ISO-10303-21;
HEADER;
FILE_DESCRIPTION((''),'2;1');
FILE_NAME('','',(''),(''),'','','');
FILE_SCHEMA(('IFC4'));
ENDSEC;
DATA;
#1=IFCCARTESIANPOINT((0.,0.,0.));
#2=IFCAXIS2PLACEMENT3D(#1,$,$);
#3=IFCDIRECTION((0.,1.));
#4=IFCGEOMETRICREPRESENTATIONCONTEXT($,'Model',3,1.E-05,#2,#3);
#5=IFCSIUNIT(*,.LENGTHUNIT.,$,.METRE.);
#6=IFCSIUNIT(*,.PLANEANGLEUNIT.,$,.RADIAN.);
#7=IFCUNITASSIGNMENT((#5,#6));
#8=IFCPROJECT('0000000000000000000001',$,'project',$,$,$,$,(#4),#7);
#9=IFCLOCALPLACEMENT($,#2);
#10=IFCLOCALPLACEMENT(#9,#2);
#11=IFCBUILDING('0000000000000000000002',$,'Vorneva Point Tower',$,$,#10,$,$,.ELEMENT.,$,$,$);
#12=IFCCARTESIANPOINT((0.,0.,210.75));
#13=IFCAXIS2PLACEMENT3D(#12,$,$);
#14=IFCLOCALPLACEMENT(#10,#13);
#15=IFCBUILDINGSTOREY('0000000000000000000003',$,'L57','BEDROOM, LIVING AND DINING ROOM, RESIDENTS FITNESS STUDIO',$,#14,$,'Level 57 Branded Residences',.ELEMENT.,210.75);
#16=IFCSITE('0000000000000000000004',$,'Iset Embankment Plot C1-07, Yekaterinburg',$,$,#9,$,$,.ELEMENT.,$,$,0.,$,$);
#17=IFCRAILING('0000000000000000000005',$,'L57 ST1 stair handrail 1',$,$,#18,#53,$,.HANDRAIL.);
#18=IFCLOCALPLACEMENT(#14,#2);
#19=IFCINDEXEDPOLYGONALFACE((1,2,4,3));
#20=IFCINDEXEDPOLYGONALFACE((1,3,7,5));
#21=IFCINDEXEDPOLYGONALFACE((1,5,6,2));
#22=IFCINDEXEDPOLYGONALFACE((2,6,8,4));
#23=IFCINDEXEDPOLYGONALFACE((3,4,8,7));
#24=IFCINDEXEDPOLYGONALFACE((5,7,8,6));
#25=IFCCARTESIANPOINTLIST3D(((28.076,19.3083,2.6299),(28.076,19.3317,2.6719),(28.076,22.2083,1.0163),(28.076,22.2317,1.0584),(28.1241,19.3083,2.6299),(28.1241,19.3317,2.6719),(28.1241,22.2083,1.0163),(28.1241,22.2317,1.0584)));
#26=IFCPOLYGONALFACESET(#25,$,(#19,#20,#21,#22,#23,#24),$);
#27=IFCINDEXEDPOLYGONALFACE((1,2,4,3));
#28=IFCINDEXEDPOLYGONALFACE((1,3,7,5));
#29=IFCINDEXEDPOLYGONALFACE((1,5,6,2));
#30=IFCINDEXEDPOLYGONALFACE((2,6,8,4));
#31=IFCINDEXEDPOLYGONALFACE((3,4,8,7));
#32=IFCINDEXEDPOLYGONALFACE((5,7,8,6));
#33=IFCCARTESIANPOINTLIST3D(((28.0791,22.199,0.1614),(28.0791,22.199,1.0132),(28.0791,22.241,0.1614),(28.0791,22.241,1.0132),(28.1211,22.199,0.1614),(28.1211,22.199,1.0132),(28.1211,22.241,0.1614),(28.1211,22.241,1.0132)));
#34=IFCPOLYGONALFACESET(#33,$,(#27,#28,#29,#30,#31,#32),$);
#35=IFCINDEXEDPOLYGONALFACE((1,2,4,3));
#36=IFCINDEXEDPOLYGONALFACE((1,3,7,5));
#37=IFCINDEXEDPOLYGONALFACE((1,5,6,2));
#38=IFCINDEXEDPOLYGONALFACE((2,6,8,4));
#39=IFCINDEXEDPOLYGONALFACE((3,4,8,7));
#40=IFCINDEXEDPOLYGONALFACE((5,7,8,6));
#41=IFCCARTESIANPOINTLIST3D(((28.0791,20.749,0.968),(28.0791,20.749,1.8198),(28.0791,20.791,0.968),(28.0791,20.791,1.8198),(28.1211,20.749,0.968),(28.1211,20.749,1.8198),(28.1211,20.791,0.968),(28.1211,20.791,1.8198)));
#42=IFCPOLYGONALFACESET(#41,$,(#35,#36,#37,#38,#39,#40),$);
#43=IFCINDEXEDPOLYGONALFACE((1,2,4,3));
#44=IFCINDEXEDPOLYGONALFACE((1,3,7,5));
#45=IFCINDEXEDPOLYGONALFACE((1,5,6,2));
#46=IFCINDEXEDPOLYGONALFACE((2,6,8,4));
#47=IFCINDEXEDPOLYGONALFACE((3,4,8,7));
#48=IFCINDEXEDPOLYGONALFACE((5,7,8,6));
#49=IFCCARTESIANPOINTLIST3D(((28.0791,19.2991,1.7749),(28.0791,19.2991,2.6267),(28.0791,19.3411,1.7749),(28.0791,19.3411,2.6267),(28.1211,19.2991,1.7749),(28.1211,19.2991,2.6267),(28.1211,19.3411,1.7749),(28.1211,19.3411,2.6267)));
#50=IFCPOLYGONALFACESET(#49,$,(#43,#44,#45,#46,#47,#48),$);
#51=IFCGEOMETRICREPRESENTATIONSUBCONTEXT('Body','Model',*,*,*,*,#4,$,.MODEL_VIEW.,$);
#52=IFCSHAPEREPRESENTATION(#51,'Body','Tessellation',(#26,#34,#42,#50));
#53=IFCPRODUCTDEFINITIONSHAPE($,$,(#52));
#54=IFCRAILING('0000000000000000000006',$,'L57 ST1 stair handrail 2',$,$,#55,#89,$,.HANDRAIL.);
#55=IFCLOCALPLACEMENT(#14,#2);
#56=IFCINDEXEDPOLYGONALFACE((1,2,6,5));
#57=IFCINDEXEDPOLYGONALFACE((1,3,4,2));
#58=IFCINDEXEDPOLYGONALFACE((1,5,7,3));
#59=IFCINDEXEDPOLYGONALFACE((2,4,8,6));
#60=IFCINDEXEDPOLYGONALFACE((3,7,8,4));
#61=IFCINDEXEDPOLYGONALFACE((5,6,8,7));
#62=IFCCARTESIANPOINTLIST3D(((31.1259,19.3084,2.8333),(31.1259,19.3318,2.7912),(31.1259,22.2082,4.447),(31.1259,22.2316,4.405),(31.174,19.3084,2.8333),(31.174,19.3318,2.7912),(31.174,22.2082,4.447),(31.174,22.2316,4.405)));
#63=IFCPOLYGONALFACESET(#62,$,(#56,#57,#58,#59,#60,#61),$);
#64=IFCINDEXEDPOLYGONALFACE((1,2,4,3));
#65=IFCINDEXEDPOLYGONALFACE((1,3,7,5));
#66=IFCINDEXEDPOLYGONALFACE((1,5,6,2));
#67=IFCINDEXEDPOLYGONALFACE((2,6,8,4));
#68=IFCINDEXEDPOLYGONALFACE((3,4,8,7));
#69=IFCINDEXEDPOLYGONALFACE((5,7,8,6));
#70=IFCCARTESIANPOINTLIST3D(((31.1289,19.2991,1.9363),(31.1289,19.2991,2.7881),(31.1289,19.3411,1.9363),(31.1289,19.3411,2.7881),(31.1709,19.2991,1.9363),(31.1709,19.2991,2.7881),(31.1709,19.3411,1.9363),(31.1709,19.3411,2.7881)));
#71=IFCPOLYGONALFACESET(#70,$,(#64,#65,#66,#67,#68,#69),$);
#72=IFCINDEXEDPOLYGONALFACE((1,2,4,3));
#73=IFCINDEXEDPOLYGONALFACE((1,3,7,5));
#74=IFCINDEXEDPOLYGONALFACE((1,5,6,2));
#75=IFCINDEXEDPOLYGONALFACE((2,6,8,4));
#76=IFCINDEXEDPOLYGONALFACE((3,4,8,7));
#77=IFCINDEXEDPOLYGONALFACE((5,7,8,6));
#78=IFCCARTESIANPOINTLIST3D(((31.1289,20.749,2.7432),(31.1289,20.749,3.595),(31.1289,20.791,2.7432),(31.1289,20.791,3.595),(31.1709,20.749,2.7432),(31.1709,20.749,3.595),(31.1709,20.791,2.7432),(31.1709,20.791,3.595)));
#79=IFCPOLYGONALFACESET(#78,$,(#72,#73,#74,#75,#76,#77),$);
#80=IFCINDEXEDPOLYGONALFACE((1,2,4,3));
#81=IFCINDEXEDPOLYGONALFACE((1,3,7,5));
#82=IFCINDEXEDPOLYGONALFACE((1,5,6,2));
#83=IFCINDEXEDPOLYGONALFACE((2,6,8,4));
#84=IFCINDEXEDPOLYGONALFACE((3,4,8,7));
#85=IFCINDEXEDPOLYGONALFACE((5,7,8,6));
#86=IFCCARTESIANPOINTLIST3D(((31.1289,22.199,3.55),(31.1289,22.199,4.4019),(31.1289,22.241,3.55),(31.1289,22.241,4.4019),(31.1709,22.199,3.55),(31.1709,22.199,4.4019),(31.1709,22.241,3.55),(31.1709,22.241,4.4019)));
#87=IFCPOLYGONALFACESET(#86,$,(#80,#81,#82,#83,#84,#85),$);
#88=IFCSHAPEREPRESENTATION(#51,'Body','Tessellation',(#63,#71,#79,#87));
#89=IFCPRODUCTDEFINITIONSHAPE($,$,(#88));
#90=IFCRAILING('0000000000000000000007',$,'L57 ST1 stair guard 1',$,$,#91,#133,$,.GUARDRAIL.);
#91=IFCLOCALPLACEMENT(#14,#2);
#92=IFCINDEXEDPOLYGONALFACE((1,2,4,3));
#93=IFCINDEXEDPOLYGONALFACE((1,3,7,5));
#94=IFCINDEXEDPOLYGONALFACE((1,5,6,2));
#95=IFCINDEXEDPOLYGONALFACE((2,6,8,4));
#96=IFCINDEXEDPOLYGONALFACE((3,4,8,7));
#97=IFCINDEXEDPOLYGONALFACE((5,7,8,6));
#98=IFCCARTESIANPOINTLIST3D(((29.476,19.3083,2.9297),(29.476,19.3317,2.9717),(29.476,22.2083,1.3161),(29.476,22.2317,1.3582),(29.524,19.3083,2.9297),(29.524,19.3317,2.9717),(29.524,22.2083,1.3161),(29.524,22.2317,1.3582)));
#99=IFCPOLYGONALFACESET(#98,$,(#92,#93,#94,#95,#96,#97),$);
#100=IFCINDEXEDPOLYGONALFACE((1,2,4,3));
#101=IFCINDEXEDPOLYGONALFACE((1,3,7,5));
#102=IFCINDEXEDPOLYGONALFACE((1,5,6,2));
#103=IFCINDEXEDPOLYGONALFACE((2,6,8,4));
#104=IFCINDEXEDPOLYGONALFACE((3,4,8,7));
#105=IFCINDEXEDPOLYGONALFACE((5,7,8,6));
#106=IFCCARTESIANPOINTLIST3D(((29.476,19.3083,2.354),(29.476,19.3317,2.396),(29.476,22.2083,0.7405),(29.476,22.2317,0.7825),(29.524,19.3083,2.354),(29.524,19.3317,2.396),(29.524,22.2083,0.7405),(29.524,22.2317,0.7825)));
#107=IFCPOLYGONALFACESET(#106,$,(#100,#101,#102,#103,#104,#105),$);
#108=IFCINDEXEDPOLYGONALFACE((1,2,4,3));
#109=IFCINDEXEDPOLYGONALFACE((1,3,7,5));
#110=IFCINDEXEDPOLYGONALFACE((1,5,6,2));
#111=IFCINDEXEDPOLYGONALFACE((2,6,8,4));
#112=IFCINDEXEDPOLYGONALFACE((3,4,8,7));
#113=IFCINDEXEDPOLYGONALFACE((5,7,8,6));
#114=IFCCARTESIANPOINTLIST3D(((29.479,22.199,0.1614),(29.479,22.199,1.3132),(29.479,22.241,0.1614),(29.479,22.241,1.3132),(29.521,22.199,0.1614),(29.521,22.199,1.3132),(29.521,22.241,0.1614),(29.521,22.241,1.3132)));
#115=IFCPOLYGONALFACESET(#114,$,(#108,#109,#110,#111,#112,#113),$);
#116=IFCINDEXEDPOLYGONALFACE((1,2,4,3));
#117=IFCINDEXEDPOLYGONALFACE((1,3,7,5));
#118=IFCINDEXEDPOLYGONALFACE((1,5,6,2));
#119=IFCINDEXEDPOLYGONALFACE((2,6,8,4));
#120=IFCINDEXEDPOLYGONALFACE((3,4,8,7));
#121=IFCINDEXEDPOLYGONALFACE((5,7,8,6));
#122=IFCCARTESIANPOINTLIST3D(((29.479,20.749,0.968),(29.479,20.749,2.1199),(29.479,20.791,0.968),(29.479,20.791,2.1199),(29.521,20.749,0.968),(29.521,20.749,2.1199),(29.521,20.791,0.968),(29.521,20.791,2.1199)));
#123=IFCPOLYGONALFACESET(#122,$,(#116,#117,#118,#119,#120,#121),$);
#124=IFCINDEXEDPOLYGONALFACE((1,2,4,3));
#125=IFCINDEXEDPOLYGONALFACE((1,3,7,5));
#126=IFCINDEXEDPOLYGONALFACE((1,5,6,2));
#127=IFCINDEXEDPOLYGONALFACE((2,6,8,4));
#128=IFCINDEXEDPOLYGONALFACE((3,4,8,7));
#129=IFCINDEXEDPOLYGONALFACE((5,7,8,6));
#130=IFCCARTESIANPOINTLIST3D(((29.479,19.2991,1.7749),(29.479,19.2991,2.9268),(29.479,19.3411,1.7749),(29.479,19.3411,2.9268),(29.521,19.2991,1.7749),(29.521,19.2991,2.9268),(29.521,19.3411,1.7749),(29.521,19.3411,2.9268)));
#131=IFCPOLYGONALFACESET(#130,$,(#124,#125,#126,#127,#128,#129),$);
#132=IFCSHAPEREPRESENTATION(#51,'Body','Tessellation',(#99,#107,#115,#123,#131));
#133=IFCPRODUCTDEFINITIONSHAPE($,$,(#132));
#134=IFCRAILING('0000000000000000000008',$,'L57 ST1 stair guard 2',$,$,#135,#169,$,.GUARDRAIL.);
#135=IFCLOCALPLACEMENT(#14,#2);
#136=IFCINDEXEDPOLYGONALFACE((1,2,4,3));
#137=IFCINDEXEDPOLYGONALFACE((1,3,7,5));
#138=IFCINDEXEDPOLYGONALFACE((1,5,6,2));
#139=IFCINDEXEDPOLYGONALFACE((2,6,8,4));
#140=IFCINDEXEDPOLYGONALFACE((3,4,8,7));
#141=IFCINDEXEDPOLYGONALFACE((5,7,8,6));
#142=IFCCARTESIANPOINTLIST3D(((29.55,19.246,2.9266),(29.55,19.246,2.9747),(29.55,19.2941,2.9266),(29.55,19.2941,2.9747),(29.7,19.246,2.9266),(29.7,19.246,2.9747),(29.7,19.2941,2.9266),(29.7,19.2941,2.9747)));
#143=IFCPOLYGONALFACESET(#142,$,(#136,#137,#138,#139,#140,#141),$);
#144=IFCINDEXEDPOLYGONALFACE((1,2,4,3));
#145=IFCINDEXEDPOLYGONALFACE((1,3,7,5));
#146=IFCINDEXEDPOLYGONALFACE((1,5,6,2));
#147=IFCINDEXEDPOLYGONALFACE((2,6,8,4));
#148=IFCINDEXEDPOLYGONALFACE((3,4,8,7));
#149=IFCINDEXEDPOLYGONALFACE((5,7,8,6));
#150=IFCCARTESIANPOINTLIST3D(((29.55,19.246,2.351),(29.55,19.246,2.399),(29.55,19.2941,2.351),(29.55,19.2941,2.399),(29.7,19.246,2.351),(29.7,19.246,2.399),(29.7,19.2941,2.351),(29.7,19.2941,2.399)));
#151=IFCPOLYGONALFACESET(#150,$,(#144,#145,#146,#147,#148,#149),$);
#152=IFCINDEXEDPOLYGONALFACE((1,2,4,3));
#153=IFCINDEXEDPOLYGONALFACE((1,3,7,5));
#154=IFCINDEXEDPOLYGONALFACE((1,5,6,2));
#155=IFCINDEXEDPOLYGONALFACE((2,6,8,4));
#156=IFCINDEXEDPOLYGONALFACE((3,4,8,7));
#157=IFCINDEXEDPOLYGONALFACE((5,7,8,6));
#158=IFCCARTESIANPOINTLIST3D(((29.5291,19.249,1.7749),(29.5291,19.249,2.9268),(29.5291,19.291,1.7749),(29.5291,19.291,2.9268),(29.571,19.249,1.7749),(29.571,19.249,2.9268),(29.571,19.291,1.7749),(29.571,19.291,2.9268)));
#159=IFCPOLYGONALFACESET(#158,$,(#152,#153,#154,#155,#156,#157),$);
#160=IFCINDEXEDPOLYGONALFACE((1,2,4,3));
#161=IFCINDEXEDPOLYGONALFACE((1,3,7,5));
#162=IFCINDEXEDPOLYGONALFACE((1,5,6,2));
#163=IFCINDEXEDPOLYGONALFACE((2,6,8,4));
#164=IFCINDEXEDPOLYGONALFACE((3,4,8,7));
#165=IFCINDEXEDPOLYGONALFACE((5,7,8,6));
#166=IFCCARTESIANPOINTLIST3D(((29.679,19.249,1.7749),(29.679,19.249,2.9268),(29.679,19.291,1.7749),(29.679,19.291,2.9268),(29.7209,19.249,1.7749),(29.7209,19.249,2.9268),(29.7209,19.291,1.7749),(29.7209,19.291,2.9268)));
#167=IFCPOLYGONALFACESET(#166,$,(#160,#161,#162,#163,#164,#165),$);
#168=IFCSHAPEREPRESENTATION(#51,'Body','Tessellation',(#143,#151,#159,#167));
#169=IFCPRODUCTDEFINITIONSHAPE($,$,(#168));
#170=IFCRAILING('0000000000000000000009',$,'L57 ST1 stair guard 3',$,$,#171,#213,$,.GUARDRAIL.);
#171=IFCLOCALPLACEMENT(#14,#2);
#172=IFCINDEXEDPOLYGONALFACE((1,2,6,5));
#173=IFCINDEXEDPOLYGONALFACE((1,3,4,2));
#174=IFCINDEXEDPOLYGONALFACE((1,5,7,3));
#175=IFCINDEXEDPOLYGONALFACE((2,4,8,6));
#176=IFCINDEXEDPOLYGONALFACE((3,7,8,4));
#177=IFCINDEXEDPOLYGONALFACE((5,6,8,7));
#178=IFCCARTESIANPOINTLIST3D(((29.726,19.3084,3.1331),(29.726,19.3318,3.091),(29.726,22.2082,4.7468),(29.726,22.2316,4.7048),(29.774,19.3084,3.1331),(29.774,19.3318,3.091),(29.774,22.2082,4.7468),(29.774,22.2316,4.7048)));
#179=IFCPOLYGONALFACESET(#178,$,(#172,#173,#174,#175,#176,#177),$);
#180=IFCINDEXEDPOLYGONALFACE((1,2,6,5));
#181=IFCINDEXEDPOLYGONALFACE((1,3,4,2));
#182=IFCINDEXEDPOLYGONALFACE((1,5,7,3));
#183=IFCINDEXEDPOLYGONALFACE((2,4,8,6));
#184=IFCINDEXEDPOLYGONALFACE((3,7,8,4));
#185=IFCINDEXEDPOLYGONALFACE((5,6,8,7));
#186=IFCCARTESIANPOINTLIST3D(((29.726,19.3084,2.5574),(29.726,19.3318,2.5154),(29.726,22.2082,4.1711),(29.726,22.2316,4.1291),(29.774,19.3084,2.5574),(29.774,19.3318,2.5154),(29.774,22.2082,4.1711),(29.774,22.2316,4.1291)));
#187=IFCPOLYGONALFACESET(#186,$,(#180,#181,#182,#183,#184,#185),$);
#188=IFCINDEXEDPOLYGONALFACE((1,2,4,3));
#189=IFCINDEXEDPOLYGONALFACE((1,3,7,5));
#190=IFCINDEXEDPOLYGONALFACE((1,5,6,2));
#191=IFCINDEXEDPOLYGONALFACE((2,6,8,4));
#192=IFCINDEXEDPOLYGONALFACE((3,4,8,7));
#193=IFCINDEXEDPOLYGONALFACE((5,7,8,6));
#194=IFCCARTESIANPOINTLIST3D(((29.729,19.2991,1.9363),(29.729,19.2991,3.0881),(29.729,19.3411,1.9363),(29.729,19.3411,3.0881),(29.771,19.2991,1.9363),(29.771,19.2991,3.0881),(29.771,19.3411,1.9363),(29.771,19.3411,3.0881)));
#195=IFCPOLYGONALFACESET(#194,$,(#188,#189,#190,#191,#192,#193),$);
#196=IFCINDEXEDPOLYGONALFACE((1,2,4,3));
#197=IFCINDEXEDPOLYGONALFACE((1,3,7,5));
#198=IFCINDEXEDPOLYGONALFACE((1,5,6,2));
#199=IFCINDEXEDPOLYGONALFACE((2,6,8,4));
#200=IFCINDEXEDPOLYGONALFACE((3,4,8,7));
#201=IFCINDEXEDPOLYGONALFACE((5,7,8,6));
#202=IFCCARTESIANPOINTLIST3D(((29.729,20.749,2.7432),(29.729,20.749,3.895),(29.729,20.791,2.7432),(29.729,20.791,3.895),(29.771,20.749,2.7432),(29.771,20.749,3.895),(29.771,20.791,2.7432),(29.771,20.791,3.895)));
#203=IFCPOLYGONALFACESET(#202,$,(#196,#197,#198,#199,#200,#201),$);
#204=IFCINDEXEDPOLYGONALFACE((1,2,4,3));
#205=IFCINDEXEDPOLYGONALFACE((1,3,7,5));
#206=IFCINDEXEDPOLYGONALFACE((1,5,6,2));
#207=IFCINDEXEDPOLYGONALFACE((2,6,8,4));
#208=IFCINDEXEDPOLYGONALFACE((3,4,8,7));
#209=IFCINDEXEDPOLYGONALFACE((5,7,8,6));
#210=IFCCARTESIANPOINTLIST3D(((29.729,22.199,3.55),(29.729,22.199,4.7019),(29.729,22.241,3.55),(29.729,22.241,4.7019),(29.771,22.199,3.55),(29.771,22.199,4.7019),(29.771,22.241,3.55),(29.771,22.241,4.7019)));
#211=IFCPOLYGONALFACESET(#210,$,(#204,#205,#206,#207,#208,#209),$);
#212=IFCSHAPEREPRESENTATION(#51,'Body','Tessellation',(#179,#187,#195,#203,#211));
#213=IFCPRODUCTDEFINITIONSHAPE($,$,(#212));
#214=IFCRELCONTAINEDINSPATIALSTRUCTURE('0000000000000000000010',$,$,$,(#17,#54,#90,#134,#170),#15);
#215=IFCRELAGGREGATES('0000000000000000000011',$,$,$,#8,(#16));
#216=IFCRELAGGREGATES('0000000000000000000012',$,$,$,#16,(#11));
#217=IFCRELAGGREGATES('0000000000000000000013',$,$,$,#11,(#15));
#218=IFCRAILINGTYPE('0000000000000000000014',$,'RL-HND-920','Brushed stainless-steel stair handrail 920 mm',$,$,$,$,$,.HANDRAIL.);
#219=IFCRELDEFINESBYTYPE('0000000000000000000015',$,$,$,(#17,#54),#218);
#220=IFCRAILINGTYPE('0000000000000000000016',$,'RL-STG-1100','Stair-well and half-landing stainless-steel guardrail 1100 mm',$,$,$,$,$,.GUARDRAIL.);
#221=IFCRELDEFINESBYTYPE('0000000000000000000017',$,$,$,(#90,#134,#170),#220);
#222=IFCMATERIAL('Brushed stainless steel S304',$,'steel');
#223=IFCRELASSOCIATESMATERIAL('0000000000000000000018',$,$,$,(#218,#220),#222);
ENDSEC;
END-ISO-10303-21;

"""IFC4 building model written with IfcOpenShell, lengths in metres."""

from ifc_helpers import new_model, si_unit, direction, frame, origin, origin_2d, place, context, subcontext, project, spatial, rectangle, extrude, material, type_object, element, save


model = new_model("IFC4")

# Units and contexts
model_context = context("Model", 3, precision=1e-05, world=origin(), true_north=direction((0.0, 1.0)))
body_context = subcontext(model_context, "Body", "Model", "MODEL_VIEW")
ifc_project = project(units=[si_unit("LENGTHUNIT", "METRE"), si_unit("PLANEANGLEUNIT", "RADIAN")], contexts=[model_context])

# Site, building, storey
site_placement = place(None, origin())
site = spatial("IfcSite", under=ifc_project, at=site_placement, Name="Iset Embankment Plot C1-07, Yekaterinburg", CompositionType="ELEMENT", RefElevation=0.0)
building_placement = place(site_placement, origin())
building = spatial("IfcBuilding", under=site, at=building_placement, Name="Vorneva Point Tower", CompositionType="ELEMENT")
storey_placement = place(building_placement, frame((0.0, 0.0, 210.75)))
storey = spatial("IfcBuildingStorey", under=building, at=storey_placement, Name="L57", Description="BEDROOM, LIVING AND DINING ROOM, RESIDENTS FITNESS STUDIO", LongName="Level 57 Branded Residences", CompositionType="ELEMENT", Elevation=210.75)

# Shared definitions
ifc_material_1 = material(Name="Brushed stainless steel S304", Category="steel")

# Railings
railing_type_1 = type_object("IfcRailingType", Name="RL-HND-920", Description="Brushed stainless-steel stair handrail 920 mm", PredefinedType="HANDRAIL", material=ifc_material_1)
railing_1_placement = place(storey_placement, frame((28.1001, 22.22, 0.1614)))
element("IfcRailing", 1, at=railing_1_placement, inside=storey, type_object=railing_type_1, Name="L57 ST1 stair handrail 1", PredefinedType="HANDRAIL", context=body_context, shape_type="SweptSolid", body=[
    extrude(rectangle(XDim=0.0481, YDim=0.0481, at=origin_2d()), frame((0.0, 0.0, 0.876), z_axis=(0.0, -0.873841, 0.486211), x_axis=(1.0, 0.0, 0.0)), (0.0, 0.0, 1.0), 3.3186),
    extrude(rectangle(XDim=0.042, YDim=0.042, at=origin_2d()), origin(), (0.0, 0.0, 1.0), 0.8518),
    extrude(rectangle(XDim=0.042, YDim=0.042, at=origin_2d()), frame((0.0, -1.45, 0.8066)), (0.0, 0.0, 1.0), 0.8518),
    extrude(rectangle(XDim=0.042, YDim=0.042, at=origin_2d()), frame((0.0, -2.8999, 1.6135)), (0.0, 0.0, 1.0), 0.8518),
])
railing_2_placement = place(storey_placement, frame((31.1499, 19.3201, 1.9363)))
element("IfcRailing", 2, at=railing_2_placement, inside=storey, type_object=railing_type_1, Name="L57 ST1 stair handrail 2", PredefinedType="HANDRAIL", context=body_context, shape_type="SweptSolid", body=[
    extrude(rectangle(XDim=0.0481, YDim=0.0481, at=origin_2d()), frame((0.0, 0.0, 0.876), z_axis=(0.0, 0.87381, 0.486267), x_axis=(-1.0, 0.0, 0.0)), (0.0, 0.0, 1.0), 3.3186),
    extrude(rectangle(XDim=0.042, YDim=0.042, at=origin_2d()), origin(), (0.0, 0.0, 1.0), 0.8518),
    extrude(rectangle(XDim=0.042, YDim=0.042, at=origin_2d()), frame((0.0, 1.45, 0.8069)), (0.0, 0.0, 1.0), 0.8518),
    extrude(rectangle(XDim=0.042, YDim=0.042, at=origin_2d()), frame((0.0, 2.8999, 1.6138)), (0.0, 0.0, 1.0), 0.8518),
])
railing_type_2 = type_object("IfcRailingType", Name="RL-STG-1100", Description="Stair-well and half-landing stainless-steel guardrail 1100 mm", PredefinedType="GUARDRAIL", material=ifc_material_1)
railing_3_placement = place(storey_placement, frame((29.5, 22.22, 0.1614)))
element("IfcRailing", 3, at=railing_3_placement, inside=storey, type_object=railing_type_2, Name="L57 ST1 stair guard 1", PredefinedType="GUARDRAIL", context=body_context, shape_type="SweptSolid", body=[
    extrude(rectangle(XDim=0.0481, YDim=0.0481, at=origin_2d()), frame((0.0, 0.0, 1.1758), z_axis=(0.0, -0.873841, 0.486211), x_axis=(1.0, 0.0, 0.0)), (0.0, 0.0, 1.0), 3.3186),
    extrude(rectangle(XDim=0.0481, YDim=0.0481, at=origin_2d()), frame((0.0, 0.0, 0.6001), z_axis=(0.0, -0.873841, 0.486211), x_axis=(1.0, 0.0, 0.0)), (0.0, 0.0, 1.0), 3.3186),
    extrude(rectangle(XDim=0.042, YDim=0.042, at=origin_2d()), origin(), (0.0, 0.0, 1.0), 1.1519),
    extrude(rectangle(XDim=0.042, YDim=0.042, at=origin_2d()), frame((0.0, -1.45, 0.8066)), (0.0, 0.0, 1.0), 1.1519),
    extrude(rectangle(XDim=0.042, YDim=0.042, at=origin_2d()), frame((0.0, -2.8999, 1.6135)), (0.0, 0.0, 1.0), 1.1519),
])
railing_4_placement = place(storey_placement, frame((29.55, 19.27, 1.7749)))
element("IfcRailing", 4, at=railing_4_placement, inside=storey, type_object=railing_type_2, Name="L57 ST1 stair guard 2", PredefinedType="GUARDRAIL", context=body_context, shape_type="SweptSolid", body=[
    extrude(rectangle(XDim=0.0481, YDim=0.0481, at=origin_2d()), frame((0.0, 0.0, 1.1758), z_axis=(1.0, 0.0, 0.0), x_axis=(0.0, 1.0, 0.0)), (0.0, 0.0, 1.0), 0.1499),
    extrude(rectangle(XDim=0.0481, YDim=0.0481, at=origin_2d()), frame((0.0, 0.0, 0.6001), z_axis=(1.0, 0.0, 0.0), x_axis=(0.0, 1.0, 0.0)), (0.0, 0.0, 1.0), 0.1499),
    extrude(rectangle(XDim=0.042, YDim=0.042, at=origin_2d()), origin(), (0.0, 0.0, 1.0), 1.1519),
    extrude(rectangle(XDim=0.042, YDim=0.042, at=origin_2d()), frame((0.1499, 0.0, 0.0)), (0.0, 0.0, 1.0), 1.1519),
])
railing_5_placement = place(storey_placement, frame((29.75, 19.3201, 1.9363)))
element("IfcRailing", 5, at=railing_5_placement, inside=storey, type_object=railing_type_2, Name="L57 ST1 stair guard 3", PredefinedType="GUARDRAIL", context=body_context, shape_type="SweptSolid", body=[
    extrude(rectangle(XDim=0.0481, YDim=0.0481, at=origin_2d()), frame((0.0, 0.0, 1.1758), z_axis=(0.0, 0.87381, 0.486267), x_axis=(-1.0, 0.0, 0.0)), (0.0, 0.0, 1.0), 3.3186),
    extrude(rectangle(XDim=0.0481, YDim=0.0481, at=origin_2d()), frame((0.0, 0.0, 0.6001), z_axis=(0.0, 0.87381, 0.486267), x_axis=(-1.0, 0.0, 0.0)), (0.0, 0.0, 1.0), 3.3186),
    extrude(rectangle(XDim=0.042, YDim=0.042, at=origin_2d()), origin(), (0.0, 0.0, 1.0), 1.1519),
    extrude(rectangle(XDim=0.042, YDim=0.042, at=origin_2d()), frame((0.0, 1.45, 0.8069)), (0.0, 0.0, 1.0), 1.1519),
    extrude(rectangle(XDim=0.042, YDim=0.042, at=origin_2d()), frame((0.0, 2.8999, 1.6138)), (0.0, 0.0, 1.0), 1.1519),
])

save(model, "model.ifc")
